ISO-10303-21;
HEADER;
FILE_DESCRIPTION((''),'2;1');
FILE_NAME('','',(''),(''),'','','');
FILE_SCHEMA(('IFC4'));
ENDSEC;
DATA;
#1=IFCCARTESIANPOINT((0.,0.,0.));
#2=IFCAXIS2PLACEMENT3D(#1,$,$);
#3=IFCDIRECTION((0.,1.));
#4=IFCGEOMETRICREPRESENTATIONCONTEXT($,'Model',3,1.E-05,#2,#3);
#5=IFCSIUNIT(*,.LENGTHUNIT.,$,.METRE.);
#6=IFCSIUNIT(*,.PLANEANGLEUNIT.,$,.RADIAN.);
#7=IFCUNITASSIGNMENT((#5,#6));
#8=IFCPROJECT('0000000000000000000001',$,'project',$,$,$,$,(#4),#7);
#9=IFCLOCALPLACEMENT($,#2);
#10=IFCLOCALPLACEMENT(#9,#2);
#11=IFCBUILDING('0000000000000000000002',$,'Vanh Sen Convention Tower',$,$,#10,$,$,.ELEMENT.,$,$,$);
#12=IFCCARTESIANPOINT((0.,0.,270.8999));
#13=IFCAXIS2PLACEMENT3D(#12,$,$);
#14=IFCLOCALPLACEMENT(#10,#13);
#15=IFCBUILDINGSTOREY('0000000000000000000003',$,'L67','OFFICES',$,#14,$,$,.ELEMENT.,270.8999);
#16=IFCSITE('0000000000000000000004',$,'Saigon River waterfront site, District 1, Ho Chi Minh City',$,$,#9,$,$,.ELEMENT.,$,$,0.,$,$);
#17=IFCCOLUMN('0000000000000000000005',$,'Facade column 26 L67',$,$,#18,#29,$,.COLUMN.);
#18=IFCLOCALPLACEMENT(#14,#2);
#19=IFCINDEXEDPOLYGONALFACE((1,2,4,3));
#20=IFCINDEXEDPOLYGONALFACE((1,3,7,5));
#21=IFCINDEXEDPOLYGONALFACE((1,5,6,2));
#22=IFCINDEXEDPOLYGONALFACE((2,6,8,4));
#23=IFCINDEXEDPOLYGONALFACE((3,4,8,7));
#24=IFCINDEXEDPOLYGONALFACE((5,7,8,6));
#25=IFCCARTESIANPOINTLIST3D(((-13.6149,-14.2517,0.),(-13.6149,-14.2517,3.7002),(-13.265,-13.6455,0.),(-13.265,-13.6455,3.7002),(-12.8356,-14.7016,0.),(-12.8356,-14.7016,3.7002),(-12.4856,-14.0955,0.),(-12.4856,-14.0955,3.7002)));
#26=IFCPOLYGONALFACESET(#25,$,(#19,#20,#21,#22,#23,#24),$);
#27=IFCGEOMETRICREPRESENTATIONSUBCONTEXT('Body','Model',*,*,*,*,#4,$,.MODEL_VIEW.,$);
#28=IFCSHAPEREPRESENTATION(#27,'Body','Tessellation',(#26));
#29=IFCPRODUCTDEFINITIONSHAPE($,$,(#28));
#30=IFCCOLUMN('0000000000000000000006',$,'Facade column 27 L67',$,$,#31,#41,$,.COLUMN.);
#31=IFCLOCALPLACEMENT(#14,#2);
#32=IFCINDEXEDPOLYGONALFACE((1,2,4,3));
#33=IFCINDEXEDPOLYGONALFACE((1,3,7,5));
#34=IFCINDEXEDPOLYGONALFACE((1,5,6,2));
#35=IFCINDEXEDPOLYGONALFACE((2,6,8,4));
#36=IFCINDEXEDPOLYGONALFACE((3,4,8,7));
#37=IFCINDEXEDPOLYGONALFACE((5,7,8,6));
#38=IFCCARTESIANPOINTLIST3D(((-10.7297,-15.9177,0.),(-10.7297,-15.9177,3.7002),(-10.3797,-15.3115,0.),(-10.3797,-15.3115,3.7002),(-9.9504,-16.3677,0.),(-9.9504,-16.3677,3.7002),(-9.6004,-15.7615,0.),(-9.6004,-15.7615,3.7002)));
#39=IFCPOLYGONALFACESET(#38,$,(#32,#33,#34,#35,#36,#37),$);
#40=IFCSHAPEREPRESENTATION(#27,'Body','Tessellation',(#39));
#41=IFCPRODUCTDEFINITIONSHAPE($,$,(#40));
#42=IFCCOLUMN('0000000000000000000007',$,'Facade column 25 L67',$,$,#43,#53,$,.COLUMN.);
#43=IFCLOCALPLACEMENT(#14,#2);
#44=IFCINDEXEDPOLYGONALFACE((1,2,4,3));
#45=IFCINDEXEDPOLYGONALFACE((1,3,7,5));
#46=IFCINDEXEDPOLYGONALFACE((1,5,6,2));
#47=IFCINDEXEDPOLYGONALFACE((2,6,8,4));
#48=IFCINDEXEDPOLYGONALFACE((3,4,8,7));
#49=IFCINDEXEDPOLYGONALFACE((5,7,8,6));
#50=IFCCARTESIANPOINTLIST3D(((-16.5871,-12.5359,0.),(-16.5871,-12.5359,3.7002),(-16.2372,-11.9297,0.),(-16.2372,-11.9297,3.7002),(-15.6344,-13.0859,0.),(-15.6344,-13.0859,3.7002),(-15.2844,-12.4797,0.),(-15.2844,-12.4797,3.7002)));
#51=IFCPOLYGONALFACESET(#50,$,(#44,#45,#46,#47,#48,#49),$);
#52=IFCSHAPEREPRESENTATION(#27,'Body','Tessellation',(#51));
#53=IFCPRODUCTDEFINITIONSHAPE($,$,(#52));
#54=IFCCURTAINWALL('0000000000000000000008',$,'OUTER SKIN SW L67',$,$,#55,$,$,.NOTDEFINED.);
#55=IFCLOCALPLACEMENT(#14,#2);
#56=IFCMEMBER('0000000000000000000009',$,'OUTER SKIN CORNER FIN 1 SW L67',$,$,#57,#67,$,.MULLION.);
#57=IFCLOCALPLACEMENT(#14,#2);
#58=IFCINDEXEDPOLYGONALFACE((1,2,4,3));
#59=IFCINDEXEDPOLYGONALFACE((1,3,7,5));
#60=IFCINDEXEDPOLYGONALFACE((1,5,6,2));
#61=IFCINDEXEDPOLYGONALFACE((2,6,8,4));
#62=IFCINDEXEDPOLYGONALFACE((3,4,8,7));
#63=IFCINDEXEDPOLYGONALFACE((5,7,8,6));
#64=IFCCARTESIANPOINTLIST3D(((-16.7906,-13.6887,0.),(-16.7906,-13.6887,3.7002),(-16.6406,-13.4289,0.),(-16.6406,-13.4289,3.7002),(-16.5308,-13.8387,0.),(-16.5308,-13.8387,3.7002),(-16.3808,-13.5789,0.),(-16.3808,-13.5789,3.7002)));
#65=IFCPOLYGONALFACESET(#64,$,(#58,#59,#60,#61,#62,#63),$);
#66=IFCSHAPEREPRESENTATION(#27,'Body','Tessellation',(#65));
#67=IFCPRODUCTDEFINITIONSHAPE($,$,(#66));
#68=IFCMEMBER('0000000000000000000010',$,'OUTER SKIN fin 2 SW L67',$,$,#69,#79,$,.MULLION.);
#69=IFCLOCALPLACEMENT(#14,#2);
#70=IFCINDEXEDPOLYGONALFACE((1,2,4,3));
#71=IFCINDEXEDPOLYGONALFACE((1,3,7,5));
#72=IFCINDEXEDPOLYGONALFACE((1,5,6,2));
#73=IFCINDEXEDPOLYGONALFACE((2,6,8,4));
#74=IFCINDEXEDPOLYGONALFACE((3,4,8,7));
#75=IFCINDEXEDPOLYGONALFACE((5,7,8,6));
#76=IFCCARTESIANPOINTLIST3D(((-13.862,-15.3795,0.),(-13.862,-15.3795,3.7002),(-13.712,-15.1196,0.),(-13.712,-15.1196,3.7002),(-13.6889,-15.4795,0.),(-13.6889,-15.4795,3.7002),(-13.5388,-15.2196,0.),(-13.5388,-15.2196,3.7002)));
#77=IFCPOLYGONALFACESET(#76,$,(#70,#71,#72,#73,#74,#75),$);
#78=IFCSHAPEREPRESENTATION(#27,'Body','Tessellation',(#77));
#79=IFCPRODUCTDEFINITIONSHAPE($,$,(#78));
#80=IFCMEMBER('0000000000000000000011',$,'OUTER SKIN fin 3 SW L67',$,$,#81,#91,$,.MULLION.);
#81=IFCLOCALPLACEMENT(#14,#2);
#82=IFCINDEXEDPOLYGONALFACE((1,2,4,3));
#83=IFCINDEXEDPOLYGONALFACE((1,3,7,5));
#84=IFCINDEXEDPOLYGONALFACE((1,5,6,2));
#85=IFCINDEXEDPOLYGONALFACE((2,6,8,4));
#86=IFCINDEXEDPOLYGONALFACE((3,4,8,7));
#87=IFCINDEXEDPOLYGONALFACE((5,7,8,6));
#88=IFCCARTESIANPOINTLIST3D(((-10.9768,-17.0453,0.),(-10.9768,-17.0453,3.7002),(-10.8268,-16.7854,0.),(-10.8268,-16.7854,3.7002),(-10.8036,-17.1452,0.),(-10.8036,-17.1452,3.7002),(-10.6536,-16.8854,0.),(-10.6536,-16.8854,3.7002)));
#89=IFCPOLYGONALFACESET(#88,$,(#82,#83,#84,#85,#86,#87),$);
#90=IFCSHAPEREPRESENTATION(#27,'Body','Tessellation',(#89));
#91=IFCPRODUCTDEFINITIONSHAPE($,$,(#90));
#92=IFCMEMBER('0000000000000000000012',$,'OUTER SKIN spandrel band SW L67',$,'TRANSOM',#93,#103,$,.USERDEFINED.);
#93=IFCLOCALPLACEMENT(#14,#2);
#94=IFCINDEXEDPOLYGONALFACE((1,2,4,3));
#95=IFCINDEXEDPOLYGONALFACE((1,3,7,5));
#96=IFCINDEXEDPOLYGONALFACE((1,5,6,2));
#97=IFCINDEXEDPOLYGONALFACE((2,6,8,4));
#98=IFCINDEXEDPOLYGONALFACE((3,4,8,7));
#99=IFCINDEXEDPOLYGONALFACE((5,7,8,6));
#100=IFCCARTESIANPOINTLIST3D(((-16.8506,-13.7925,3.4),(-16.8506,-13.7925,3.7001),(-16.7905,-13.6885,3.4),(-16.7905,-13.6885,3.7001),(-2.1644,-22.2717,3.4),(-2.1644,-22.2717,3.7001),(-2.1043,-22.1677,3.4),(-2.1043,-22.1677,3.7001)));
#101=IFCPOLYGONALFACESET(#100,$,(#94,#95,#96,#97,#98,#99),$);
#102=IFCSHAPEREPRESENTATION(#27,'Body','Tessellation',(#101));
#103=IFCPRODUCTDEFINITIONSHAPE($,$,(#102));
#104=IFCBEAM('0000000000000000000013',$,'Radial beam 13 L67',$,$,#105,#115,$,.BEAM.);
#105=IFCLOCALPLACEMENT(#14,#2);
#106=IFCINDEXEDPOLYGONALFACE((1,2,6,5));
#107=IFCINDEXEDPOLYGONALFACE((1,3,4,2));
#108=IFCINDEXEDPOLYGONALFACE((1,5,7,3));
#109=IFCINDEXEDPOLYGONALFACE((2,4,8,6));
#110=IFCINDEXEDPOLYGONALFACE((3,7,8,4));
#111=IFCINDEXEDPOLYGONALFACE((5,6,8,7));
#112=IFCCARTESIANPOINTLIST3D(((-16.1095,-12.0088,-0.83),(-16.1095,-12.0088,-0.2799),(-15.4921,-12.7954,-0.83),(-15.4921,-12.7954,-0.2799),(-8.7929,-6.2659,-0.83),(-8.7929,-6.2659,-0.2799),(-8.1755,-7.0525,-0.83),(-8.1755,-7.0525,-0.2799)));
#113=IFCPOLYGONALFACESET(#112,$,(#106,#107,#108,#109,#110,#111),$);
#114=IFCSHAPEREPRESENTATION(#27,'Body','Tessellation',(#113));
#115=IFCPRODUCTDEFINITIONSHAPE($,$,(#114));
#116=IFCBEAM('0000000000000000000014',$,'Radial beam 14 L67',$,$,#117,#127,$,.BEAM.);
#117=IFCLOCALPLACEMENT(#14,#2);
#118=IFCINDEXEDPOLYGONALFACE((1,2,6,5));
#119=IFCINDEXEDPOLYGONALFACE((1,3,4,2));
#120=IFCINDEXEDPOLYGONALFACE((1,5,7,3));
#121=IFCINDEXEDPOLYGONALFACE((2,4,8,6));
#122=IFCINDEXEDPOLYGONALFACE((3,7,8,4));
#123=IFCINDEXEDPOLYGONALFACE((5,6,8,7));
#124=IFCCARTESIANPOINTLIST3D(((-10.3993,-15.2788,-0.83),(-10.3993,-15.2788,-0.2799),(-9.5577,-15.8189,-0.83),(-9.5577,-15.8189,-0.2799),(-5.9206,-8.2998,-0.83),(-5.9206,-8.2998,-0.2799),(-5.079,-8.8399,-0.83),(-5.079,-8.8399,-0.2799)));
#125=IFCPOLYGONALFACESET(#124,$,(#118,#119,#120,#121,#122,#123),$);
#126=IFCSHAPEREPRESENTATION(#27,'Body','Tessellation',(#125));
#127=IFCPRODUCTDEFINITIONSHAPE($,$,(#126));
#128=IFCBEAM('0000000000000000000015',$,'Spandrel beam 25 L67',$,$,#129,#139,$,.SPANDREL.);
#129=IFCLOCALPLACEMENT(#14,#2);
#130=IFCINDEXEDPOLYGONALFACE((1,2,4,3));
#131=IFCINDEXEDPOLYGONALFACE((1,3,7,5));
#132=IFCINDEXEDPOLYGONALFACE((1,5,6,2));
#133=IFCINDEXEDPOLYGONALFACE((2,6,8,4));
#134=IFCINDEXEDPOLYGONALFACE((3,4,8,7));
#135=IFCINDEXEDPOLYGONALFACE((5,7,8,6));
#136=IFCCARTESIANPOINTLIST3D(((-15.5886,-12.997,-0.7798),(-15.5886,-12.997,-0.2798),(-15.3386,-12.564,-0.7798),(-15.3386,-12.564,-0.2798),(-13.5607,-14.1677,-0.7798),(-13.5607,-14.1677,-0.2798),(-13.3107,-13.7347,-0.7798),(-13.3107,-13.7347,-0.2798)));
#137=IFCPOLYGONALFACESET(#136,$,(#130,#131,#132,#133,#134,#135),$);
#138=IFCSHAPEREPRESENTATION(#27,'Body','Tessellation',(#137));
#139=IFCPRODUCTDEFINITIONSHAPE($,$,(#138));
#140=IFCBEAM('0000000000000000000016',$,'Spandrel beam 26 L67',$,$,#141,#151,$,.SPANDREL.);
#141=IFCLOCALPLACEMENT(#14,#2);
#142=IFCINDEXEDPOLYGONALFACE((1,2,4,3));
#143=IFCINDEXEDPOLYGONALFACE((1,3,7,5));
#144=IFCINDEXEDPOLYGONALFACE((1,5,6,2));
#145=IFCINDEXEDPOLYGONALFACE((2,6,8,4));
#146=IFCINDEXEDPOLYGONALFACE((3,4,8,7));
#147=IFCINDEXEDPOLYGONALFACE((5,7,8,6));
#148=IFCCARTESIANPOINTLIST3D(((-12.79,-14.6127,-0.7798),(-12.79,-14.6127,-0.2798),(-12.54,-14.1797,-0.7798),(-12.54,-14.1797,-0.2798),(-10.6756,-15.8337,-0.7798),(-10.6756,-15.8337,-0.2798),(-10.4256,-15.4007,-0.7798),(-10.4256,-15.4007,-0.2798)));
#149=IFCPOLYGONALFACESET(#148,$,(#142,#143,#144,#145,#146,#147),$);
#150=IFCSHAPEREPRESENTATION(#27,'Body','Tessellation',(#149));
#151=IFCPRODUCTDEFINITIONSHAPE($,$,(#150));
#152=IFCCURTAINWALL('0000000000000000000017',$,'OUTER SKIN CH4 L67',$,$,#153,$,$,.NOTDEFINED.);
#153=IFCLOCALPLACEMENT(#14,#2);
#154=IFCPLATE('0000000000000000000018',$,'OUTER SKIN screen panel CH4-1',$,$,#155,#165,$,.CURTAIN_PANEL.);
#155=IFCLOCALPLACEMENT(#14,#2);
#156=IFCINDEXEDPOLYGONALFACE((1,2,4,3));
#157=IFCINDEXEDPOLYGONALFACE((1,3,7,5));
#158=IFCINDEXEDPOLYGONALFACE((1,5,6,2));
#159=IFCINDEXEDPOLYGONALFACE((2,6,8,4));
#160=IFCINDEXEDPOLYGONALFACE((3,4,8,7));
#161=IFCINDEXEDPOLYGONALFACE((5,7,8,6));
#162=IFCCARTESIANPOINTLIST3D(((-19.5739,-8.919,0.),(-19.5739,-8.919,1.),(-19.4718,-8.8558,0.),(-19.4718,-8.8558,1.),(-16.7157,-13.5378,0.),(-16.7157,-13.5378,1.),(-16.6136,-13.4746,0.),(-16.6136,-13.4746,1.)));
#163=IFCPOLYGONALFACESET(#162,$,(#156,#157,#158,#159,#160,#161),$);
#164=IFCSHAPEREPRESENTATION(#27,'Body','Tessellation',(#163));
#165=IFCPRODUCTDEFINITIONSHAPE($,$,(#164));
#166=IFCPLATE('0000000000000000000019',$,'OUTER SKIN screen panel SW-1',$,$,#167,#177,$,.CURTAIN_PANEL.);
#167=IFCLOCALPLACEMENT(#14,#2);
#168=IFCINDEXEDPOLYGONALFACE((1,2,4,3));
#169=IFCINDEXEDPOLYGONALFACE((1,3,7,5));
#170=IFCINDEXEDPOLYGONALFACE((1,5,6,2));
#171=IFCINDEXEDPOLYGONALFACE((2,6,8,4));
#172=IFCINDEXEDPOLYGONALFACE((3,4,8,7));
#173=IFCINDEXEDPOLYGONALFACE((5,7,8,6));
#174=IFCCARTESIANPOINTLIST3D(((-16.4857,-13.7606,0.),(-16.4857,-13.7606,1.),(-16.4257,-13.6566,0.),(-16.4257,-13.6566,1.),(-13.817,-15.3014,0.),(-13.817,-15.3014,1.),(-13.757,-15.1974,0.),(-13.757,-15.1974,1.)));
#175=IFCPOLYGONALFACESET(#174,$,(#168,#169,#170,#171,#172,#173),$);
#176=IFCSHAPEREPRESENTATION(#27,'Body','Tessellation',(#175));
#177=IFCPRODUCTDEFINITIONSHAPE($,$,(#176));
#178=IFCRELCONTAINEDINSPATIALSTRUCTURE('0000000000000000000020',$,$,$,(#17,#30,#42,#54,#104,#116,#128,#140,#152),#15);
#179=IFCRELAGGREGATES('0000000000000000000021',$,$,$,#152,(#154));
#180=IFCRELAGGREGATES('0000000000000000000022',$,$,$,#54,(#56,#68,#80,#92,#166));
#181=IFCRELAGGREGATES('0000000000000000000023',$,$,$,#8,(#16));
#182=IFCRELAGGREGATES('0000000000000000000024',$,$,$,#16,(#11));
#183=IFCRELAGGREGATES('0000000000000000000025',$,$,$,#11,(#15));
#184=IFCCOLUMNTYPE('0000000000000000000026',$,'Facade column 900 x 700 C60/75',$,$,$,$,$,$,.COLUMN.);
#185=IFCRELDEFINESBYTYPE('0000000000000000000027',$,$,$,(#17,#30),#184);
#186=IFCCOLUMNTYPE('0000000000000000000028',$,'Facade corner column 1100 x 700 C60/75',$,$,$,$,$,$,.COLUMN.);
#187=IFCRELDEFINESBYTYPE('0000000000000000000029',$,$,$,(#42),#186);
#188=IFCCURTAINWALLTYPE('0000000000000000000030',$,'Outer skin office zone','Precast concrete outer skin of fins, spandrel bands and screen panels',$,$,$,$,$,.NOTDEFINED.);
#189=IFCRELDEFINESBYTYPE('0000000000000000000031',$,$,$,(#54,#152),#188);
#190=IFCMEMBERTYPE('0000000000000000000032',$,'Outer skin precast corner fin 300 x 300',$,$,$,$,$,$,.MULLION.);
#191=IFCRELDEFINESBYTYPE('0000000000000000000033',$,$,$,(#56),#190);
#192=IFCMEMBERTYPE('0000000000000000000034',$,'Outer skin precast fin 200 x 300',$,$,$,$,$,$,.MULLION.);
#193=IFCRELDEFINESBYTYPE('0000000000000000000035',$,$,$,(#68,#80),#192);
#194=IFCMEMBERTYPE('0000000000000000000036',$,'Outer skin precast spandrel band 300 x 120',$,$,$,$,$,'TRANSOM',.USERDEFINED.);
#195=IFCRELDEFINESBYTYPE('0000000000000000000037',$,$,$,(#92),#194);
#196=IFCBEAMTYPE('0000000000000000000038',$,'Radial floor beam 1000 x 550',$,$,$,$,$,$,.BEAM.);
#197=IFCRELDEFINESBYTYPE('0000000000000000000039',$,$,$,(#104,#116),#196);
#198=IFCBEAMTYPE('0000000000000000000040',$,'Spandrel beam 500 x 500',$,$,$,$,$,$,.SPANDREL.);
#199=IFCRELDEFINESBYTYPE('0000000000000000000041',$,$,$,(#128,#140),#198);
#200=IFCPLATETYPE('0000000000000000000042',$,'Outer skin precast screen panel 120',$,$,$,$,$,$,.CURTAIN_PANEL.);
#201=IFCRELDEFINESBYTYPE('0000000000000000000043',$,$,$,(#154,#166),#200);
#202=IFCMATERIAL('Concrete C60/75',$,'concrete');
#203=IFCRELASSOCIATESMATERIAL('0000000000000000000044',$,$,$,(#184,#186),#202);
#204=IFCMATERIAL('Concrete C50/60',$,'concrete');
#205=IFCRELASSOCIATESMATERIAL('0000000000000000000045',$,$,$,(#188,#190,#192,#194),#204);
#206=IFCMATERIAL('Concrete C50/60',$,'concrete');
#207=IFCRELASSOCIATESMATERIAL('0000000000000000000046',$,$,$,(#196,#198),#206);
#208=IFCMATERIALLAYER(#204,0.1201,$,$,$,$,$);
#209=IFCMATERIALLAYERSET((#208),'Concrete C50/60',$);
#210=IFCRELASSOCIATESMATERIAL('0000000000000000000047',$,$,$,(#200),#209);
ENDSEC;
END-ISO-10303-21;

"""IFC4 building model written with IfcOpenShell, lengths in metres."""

from ifc_helpers import new_model, si_unit, direction, frame, origin, origin_2d, place, context, subcontext, project, spatial, rectangle, extrude, material, layer, layer_set, material_profile, profile_set, type_object, element, aggregate, save


model = new_model("IFC4")

# Units and contexts
model_context = context("Model", 3, precision=1e-05, world=origin(), true_north=direction((0.0, 1.0)))
body_context = subcontext(model_context, "Body", "Model", "MODEL_VIEW")
ifc_project = project(units=[si_unit("LENGTHUNIT", "METRE"), si_unit("PLANEANGLEUNIT", "RADIAN")], contexts=[model_context])

# Site, building, storey
site_placement = place(None, origin())
site = spatial("IfcSite", under=ifc_project, at=site_placement, Name="Saigon River waterfront site, District 1, Ho Chi Minh City", CompositionType="ELEMENT", RefElevation=0.0)
building_placement = place(site_placement, origin())
building = spatial("IfcBuilding", under=site, at=building_placement, Name="Vanh Sen Convention Tower", CompositionType="ELEMENT")
storey_placement = place(building_placement, frame((0.0, 0.0, 270.8999)))
storey = spatial("IfcBuildingStorey", under=building, at=storey_placement, Name="L67", Description="OFFICES", CompositionType="ELEMENT", Elevation=270.8999)

# Columns
ifc_material_1 = material(Name="Concrete C60/75", Category="concrete")
ifc_material_profile_1 = material_profile(ifc_material_1, rectangle(XDim=0.8999, YDim=0.7, at=origin_2d()), Name="RC 900X700")
ifc_profile_set_1 = profile_set([ifc_material_profile_1], Name="Concrete C60/75")
column_type_1 = type_object("IfcColumnType", Name="Facade column 900 x 700 C60/75", PredefinedType="COLUMN", material=ifc_profile_set_1)
for number, where, z_axis, x_axis, name in (
    (1, (-13.0503, -14.1736, 0.0), (0.0, 0.0, 1.0), (0.866025, -0.5, 0.0), "Facade column 26 L67"),
    (2, (-10.165, -15.8396, 0.0), (0.0, 0.0, 1.0), (0.866025, -0.5, 0.0), "Facade column 27 L67"),
):
    element("IfcColumn", number, at=place(storey_placement, frame(where, z_axis=z_axis, x_axis=x_axis)), inside=storey, type_object=column_type_1, Name=name, PredefinedType="COLUMN", context=body_context, shape_type="SweptSolid", body=[
        extrude(rectangle(XDim=0.8999, YDim=0.7, at=origin_2d()), origin(), (0.0, 0.0, 1.0), 3.7002),
    ])
ifc_material_profile_2 = material_profile(ifc_material_1, rectangle(XDim=1.1001, YDim=0.7, at=origin_2d()), Name="RC 1100X700")
ifc_profile_set_2 = profile_set([ifc_material_profile_2], Name="Concrete C60/75")
column_type_2 = type_object("IfcColumnType", Name="Facade corner column 1100 x 700 C60/75", PredefinedType="COLUMN", material=ifc_profile_set_2)
column_placement = place(storey_placement, frame((-15.9358, -12.5078, 0.0), z_axis=(0.0, 0.0, 1.0), x_axis=(0.866025, -0.5, 0.0)))
element("IfcColumn", 3, at=column_placement, inside=storey, type_object=column_type_2, Name="Facade column 25 L67", PredefinedType="COLUMN", context=body_context, shape_type="SweptSolid", body=[
    extrude(rectangle(XDim=1.1001, YDim=0.7, at=origin_2d()), origin(), (0.0, 0.0, 1.0), 3.7002),
])

# Curtain wall, members
ifc_material_2 = material(Name="Concrete C50/60", Category="concrete")
curtain_wall_type = type_object("IfcCurtainWallType", Name="Outer skin office zone", Description="Precast concrete outer skin of fins, spandrel bands and screen panels", PredefinedType="NOTDEFINED", material=ifc_material_2)
curtain_wall_1_placement = place(storey_placement, origin())
curtain_wall_1 = element("IfcCurtainWall", 4, at=curtain_wall_1_placement, inside=storey, type_object=curtain_wall_type, Name="OUTER SKIN SW L67", PredefinedType="NOTDEFINED")
ifc_material_profile_3 = material_profile(ifc_material_2, rectangle(XDim=0.3, YDim=0.3, at=origin_2d()), Name="Outer skin precast corner fin 300 x 300")
ifc_profile_set_3 = profile_set([ifc_material_profile_3], Name="Concrete C50/60")
member_type_1 = type_object("IfcMemberType", Name="Outer skin precast corner fin 300 x 300", PredefinedType="MULLION", material=ifc_profile_set_3)
member_1_placement = place(storey_placement, frame((-16.5857, -13.6338, 0.0), z_axis=(0.0, 0.0, 1.0), x_axis=(0.866025, -0.5, 0.0)))
member_1 = element("IfcMember", 5, at=member_1_placement, type_object=member_type_1, Name="OUTER SKIN CORNER FIN 1 SW L67", PredefinedType="MULLION", context=body_context, shape_type="SweptSolid", body=[
    extrude(rectangle(XDim=0.3, YDim=0.3, at=origin_2d()), origin(), (0.0, 0.0, 1.0), 3.7002),
])
ifc_material_profile_4 = material_profile(ifc_material_2, rectangle(XDim=0.2, YDim=0.3, at=origin_2d()), Name="Outer skin precast fin 200 x 300")
ifc_profile_set_4 = profile_set([ifc_material_profile_4], Name="Concrete C50/60")
member_type_2 = type_object("IfcMemberType", Name="Outer skin precast fin 200 x 300", PredefinedType="MULLION", material=ifc_profile_set_4)
member_2_placement = place(storey_placement, frame((-13.7004, -15.2996, 0.0), z_axis=(0.0, 0.0, 1.0), x_axis=(0.866025, -0.5, 0.0)))
member_2 = element("IfcMember", 6, at=member_2_placement, type_object=member_type_2, Name="OUTER SKIN fin 2 SW L67", PredefinedType="MULLION", context=body_context, shape_type="SweptSolid", body=[
    extrude(rectangle(XDim=0.2, YDim=0.3, at=origin_2d()), origin(), (0.0, 0.0, 1.0), 3.7002),
])
member_3_placement = place(storey_placement, frame((-10.8152, -16.9653, 0.0), z_axis=(0.0, 0.0, 1.0), x_axis=(0.866025, -0.5, 0.0)))
member_3 = element("IfcMember", 7, at=member_3_placement, type_object=member_type_2, Name="OUTER SKIN fin 3 SW L67", PredefinedType="MULLION", context=body_context, shape_type="SweptSolid", body=[
    extrude(rectangle(XDim=0.2, YDim=0.3, at=origin_2d()), origin(), (0.0, 0.0, 1.0), 3.7002),
])
ifc_material_profile_5 = material_profile(ifc_material_2, rectangle(XDim=0.1201, YDim=0.3, at=origin_2d()), Name="Outer skin precast spandrel band 300 x 120")
ifc_profile_set_5 = profile_set([ifc_material_profile_5], Name="Concrete C50/60")
member_type_3 = type_object("IfcMemberType", Name="Outer skin precast spandrel band 300 x 120", ElementType="TRANSOM", PredefinedType="USERDEFINED", material=ifc_profile_set_5)
member_4_placement = place(storey_placement, frame((-16.8206, -13.7405, 3.55), z_axis=(0.866022, -0.500005, 0.0), x_axis=(0.500005, 0.866022, 0.0)))
member_4 = element("IfcMember", 8, at=member_4_placement, type_object=member_type_3, Name="OUTER SKIN spandrel band SW L67", ObjectType="TRANSOM", PredefinedType="USERDEFINED", context=body_context, shape_type="SweptSolid", body=[
    extrude(rectangle(XDim=0.1201, YDim=0.3, at=origin_2d()), origin(), (0.0, 0.0, 1.0), 16.9583),
])

# Beams
ifc_material_3 = material(Name="Concrete C50/60", Category="concrete")
ifc_material_profile_6 = material_profile(ifc_material_3, rectangle(XDim=1.0, YDim=0.55, at=origin_2d()), Name="RC 1000X550")
ifc_profile_set_6 = profile_set([ifc_material_profile_6], Name="Concrete C50/60")
beam_type_1 = type_object("IfcBeamType", Name="Radial floor beam 1000 x 550", PredefinedType="BEAM", material=ifc_profile_set_6)
beam_1_placement = place(storey_placement, frame((-15.8008, -12.4021, -0.5549), z_axis=(0.786625, 0.617431, 0.0), x_axis=(-0.617431, 0.786625, 0.0)))
element("IfcBeam", 9, at=beam_1_placement, inside=storey, type_object=beam_type_1, Name="Radial beam 13 L67", PredefinedType="BEAM", context=body_context, shape_type="SweptSolid", body=[
    extrude(rectangle(XDim=1.0, YDim=0.55, at=origin_2d()), origin(), (0.0, 0.0, 1.0), 9.3013),
])
beam_2_placement = place(storey_placement, frame((-9.9785, -15.5488, -0.5549), z_axis=(0.540097, 0.841603, 0.0), x_axis=(-0.841603, 0.540097, 0.0)))
element("IfcBeam", 10, at=beam_2_placement, inside=storey, type_object=beam_type_1, Name="Radial beam 14 L67", PredefinedType="BEAM", context=body_context, shape_type="SweptSolid", body=[
    extrude(rectangle(XDim=1.0, YDim=0.55, at=origin_2d()), origin(), (0.0, 0.0, 1.0), 8.2925),
])
ifc_material_profile_7 = material_profile(ifc_material_3, rectangle(XDim=0.5, YDim=0.5, at=origin_2d()), Name="RC 500X500")
ifc_profile_set_7 = profile_set([ifc_material_profile_7], Name="Concrete C50/60")
beam_type_2 = type_object("IfcBeamType", Name="Spandrel beam 500 x 500", PredefinedType="SPANDREL", material=ifc_profile_set_7)
beam_3_placement = place(storey_placement, frame((-15.4636, -12.7805, -0.5298), z_axis=(0.866047, -0.499963, 0.0), x_axis=(0.499963, 0.866047, 0.0)))
element("IfcBeam", 11, at=beam_3_placement, inside=storey, type_object=beam_type_2, Name="Spandrel beam 25 L67", PredefinedType="SPANDREL", context=body_context, shape_type="SweptSolid", body=[
    extrude(rectangle(XDim=0.5, YDim=0.5, at=origin_2d()), origin(), (0.0, 0.0, 1.0), 2.3416),
])
beam_4_placement = place(storey_placement, frame((-12.665, -14.3962, -0.5298), z_axis=(0.866001, -0.500043, 0.0), x_axis=(0.500043, 0.866001, 0.0)))
element("IfcBeam", 12, at=beam_4_placement, inside=storey, type_object=beam_type_2, Name="Spandrel beam 26 L67", PredefinedType="SPANDREL", context=body_context, shape_type="SweptSolid", body=[
    extrude(rectangle(XDim=0.5, YDim=0.5, at=origin_2d()), origin(), (0.0, 0.0, 1.0), 2.4417),
])

# Curtain wall, plate
curtain_wall_2_placement = place(storey_placement, origin())
curtain_wall_2 = element("IfcCurtainWall", 13, at=curtain_wall_2_placement, inside=storey, type_object=curtain_wall_type, Name="OUTER SKIN CH4 L67", PredefinedType="NOTDEFINED")
ifc_layer_1 = layer(ifc_material_2, 0.1201)
ifc_layer_set_1 = layer_set([ifc_layer_1], Name="Concrete C50/60")
plate_type = type_object("IfcPlateType", Name="Outer skin precast screen panel 120", PredefinedType="CURTAIN_PANEL", material=ifc_layer_set_1)
plate_1_placement = place(storey_placement, frame((-18.0938, -11.1968, 0.0), z_axis=(0.0, 0.0, 1.0), x_axis=(0.526211, -0.850354, 0.0)))
plate_1 = element("IfcPlate", 14, at=plate_1_placement, type_object=plate_type, Name="OUTER SKIN screen panel CH4-1", PredefinedType="CURTAIN_PANEL", context=body_context, shape_type="SweptSolid", body=[
    extrude(rectangle(XDim=5.4316, YDim=0.1201, at=origin_2d()), origin(), (0.0, 0.0, 1.0), 1.0),
])
aggregate(curtain_wall_2, [plate_1])

# Plate
plate_2_placement = place(storey_placement, frame((-15.1213, -14.479, 0.0), z_axis=(0.0, 0.0, 1.0), x_axis=(0.866029, -0.499994, 0.0)))
plate_2 = element("IfcPlate", 15, at=plate_2_placement, type_object=plate_type, Name="OUTER SKIN screen panel SW-1", PredefinedType="CURTAIN_PANEL", context=body_context, shape_type="SweptSolid", body=[
    extrude(rectangle(XDim=3.0815, YDim=0.1201, at=origin_2d()), origin(), (0.0, 0.0, 1.0), 1.0),
])
aggregate(curtain_wall_1, [member_1, member_2, member_3, member_4, plate_2])

save(model, "model.ifc")
